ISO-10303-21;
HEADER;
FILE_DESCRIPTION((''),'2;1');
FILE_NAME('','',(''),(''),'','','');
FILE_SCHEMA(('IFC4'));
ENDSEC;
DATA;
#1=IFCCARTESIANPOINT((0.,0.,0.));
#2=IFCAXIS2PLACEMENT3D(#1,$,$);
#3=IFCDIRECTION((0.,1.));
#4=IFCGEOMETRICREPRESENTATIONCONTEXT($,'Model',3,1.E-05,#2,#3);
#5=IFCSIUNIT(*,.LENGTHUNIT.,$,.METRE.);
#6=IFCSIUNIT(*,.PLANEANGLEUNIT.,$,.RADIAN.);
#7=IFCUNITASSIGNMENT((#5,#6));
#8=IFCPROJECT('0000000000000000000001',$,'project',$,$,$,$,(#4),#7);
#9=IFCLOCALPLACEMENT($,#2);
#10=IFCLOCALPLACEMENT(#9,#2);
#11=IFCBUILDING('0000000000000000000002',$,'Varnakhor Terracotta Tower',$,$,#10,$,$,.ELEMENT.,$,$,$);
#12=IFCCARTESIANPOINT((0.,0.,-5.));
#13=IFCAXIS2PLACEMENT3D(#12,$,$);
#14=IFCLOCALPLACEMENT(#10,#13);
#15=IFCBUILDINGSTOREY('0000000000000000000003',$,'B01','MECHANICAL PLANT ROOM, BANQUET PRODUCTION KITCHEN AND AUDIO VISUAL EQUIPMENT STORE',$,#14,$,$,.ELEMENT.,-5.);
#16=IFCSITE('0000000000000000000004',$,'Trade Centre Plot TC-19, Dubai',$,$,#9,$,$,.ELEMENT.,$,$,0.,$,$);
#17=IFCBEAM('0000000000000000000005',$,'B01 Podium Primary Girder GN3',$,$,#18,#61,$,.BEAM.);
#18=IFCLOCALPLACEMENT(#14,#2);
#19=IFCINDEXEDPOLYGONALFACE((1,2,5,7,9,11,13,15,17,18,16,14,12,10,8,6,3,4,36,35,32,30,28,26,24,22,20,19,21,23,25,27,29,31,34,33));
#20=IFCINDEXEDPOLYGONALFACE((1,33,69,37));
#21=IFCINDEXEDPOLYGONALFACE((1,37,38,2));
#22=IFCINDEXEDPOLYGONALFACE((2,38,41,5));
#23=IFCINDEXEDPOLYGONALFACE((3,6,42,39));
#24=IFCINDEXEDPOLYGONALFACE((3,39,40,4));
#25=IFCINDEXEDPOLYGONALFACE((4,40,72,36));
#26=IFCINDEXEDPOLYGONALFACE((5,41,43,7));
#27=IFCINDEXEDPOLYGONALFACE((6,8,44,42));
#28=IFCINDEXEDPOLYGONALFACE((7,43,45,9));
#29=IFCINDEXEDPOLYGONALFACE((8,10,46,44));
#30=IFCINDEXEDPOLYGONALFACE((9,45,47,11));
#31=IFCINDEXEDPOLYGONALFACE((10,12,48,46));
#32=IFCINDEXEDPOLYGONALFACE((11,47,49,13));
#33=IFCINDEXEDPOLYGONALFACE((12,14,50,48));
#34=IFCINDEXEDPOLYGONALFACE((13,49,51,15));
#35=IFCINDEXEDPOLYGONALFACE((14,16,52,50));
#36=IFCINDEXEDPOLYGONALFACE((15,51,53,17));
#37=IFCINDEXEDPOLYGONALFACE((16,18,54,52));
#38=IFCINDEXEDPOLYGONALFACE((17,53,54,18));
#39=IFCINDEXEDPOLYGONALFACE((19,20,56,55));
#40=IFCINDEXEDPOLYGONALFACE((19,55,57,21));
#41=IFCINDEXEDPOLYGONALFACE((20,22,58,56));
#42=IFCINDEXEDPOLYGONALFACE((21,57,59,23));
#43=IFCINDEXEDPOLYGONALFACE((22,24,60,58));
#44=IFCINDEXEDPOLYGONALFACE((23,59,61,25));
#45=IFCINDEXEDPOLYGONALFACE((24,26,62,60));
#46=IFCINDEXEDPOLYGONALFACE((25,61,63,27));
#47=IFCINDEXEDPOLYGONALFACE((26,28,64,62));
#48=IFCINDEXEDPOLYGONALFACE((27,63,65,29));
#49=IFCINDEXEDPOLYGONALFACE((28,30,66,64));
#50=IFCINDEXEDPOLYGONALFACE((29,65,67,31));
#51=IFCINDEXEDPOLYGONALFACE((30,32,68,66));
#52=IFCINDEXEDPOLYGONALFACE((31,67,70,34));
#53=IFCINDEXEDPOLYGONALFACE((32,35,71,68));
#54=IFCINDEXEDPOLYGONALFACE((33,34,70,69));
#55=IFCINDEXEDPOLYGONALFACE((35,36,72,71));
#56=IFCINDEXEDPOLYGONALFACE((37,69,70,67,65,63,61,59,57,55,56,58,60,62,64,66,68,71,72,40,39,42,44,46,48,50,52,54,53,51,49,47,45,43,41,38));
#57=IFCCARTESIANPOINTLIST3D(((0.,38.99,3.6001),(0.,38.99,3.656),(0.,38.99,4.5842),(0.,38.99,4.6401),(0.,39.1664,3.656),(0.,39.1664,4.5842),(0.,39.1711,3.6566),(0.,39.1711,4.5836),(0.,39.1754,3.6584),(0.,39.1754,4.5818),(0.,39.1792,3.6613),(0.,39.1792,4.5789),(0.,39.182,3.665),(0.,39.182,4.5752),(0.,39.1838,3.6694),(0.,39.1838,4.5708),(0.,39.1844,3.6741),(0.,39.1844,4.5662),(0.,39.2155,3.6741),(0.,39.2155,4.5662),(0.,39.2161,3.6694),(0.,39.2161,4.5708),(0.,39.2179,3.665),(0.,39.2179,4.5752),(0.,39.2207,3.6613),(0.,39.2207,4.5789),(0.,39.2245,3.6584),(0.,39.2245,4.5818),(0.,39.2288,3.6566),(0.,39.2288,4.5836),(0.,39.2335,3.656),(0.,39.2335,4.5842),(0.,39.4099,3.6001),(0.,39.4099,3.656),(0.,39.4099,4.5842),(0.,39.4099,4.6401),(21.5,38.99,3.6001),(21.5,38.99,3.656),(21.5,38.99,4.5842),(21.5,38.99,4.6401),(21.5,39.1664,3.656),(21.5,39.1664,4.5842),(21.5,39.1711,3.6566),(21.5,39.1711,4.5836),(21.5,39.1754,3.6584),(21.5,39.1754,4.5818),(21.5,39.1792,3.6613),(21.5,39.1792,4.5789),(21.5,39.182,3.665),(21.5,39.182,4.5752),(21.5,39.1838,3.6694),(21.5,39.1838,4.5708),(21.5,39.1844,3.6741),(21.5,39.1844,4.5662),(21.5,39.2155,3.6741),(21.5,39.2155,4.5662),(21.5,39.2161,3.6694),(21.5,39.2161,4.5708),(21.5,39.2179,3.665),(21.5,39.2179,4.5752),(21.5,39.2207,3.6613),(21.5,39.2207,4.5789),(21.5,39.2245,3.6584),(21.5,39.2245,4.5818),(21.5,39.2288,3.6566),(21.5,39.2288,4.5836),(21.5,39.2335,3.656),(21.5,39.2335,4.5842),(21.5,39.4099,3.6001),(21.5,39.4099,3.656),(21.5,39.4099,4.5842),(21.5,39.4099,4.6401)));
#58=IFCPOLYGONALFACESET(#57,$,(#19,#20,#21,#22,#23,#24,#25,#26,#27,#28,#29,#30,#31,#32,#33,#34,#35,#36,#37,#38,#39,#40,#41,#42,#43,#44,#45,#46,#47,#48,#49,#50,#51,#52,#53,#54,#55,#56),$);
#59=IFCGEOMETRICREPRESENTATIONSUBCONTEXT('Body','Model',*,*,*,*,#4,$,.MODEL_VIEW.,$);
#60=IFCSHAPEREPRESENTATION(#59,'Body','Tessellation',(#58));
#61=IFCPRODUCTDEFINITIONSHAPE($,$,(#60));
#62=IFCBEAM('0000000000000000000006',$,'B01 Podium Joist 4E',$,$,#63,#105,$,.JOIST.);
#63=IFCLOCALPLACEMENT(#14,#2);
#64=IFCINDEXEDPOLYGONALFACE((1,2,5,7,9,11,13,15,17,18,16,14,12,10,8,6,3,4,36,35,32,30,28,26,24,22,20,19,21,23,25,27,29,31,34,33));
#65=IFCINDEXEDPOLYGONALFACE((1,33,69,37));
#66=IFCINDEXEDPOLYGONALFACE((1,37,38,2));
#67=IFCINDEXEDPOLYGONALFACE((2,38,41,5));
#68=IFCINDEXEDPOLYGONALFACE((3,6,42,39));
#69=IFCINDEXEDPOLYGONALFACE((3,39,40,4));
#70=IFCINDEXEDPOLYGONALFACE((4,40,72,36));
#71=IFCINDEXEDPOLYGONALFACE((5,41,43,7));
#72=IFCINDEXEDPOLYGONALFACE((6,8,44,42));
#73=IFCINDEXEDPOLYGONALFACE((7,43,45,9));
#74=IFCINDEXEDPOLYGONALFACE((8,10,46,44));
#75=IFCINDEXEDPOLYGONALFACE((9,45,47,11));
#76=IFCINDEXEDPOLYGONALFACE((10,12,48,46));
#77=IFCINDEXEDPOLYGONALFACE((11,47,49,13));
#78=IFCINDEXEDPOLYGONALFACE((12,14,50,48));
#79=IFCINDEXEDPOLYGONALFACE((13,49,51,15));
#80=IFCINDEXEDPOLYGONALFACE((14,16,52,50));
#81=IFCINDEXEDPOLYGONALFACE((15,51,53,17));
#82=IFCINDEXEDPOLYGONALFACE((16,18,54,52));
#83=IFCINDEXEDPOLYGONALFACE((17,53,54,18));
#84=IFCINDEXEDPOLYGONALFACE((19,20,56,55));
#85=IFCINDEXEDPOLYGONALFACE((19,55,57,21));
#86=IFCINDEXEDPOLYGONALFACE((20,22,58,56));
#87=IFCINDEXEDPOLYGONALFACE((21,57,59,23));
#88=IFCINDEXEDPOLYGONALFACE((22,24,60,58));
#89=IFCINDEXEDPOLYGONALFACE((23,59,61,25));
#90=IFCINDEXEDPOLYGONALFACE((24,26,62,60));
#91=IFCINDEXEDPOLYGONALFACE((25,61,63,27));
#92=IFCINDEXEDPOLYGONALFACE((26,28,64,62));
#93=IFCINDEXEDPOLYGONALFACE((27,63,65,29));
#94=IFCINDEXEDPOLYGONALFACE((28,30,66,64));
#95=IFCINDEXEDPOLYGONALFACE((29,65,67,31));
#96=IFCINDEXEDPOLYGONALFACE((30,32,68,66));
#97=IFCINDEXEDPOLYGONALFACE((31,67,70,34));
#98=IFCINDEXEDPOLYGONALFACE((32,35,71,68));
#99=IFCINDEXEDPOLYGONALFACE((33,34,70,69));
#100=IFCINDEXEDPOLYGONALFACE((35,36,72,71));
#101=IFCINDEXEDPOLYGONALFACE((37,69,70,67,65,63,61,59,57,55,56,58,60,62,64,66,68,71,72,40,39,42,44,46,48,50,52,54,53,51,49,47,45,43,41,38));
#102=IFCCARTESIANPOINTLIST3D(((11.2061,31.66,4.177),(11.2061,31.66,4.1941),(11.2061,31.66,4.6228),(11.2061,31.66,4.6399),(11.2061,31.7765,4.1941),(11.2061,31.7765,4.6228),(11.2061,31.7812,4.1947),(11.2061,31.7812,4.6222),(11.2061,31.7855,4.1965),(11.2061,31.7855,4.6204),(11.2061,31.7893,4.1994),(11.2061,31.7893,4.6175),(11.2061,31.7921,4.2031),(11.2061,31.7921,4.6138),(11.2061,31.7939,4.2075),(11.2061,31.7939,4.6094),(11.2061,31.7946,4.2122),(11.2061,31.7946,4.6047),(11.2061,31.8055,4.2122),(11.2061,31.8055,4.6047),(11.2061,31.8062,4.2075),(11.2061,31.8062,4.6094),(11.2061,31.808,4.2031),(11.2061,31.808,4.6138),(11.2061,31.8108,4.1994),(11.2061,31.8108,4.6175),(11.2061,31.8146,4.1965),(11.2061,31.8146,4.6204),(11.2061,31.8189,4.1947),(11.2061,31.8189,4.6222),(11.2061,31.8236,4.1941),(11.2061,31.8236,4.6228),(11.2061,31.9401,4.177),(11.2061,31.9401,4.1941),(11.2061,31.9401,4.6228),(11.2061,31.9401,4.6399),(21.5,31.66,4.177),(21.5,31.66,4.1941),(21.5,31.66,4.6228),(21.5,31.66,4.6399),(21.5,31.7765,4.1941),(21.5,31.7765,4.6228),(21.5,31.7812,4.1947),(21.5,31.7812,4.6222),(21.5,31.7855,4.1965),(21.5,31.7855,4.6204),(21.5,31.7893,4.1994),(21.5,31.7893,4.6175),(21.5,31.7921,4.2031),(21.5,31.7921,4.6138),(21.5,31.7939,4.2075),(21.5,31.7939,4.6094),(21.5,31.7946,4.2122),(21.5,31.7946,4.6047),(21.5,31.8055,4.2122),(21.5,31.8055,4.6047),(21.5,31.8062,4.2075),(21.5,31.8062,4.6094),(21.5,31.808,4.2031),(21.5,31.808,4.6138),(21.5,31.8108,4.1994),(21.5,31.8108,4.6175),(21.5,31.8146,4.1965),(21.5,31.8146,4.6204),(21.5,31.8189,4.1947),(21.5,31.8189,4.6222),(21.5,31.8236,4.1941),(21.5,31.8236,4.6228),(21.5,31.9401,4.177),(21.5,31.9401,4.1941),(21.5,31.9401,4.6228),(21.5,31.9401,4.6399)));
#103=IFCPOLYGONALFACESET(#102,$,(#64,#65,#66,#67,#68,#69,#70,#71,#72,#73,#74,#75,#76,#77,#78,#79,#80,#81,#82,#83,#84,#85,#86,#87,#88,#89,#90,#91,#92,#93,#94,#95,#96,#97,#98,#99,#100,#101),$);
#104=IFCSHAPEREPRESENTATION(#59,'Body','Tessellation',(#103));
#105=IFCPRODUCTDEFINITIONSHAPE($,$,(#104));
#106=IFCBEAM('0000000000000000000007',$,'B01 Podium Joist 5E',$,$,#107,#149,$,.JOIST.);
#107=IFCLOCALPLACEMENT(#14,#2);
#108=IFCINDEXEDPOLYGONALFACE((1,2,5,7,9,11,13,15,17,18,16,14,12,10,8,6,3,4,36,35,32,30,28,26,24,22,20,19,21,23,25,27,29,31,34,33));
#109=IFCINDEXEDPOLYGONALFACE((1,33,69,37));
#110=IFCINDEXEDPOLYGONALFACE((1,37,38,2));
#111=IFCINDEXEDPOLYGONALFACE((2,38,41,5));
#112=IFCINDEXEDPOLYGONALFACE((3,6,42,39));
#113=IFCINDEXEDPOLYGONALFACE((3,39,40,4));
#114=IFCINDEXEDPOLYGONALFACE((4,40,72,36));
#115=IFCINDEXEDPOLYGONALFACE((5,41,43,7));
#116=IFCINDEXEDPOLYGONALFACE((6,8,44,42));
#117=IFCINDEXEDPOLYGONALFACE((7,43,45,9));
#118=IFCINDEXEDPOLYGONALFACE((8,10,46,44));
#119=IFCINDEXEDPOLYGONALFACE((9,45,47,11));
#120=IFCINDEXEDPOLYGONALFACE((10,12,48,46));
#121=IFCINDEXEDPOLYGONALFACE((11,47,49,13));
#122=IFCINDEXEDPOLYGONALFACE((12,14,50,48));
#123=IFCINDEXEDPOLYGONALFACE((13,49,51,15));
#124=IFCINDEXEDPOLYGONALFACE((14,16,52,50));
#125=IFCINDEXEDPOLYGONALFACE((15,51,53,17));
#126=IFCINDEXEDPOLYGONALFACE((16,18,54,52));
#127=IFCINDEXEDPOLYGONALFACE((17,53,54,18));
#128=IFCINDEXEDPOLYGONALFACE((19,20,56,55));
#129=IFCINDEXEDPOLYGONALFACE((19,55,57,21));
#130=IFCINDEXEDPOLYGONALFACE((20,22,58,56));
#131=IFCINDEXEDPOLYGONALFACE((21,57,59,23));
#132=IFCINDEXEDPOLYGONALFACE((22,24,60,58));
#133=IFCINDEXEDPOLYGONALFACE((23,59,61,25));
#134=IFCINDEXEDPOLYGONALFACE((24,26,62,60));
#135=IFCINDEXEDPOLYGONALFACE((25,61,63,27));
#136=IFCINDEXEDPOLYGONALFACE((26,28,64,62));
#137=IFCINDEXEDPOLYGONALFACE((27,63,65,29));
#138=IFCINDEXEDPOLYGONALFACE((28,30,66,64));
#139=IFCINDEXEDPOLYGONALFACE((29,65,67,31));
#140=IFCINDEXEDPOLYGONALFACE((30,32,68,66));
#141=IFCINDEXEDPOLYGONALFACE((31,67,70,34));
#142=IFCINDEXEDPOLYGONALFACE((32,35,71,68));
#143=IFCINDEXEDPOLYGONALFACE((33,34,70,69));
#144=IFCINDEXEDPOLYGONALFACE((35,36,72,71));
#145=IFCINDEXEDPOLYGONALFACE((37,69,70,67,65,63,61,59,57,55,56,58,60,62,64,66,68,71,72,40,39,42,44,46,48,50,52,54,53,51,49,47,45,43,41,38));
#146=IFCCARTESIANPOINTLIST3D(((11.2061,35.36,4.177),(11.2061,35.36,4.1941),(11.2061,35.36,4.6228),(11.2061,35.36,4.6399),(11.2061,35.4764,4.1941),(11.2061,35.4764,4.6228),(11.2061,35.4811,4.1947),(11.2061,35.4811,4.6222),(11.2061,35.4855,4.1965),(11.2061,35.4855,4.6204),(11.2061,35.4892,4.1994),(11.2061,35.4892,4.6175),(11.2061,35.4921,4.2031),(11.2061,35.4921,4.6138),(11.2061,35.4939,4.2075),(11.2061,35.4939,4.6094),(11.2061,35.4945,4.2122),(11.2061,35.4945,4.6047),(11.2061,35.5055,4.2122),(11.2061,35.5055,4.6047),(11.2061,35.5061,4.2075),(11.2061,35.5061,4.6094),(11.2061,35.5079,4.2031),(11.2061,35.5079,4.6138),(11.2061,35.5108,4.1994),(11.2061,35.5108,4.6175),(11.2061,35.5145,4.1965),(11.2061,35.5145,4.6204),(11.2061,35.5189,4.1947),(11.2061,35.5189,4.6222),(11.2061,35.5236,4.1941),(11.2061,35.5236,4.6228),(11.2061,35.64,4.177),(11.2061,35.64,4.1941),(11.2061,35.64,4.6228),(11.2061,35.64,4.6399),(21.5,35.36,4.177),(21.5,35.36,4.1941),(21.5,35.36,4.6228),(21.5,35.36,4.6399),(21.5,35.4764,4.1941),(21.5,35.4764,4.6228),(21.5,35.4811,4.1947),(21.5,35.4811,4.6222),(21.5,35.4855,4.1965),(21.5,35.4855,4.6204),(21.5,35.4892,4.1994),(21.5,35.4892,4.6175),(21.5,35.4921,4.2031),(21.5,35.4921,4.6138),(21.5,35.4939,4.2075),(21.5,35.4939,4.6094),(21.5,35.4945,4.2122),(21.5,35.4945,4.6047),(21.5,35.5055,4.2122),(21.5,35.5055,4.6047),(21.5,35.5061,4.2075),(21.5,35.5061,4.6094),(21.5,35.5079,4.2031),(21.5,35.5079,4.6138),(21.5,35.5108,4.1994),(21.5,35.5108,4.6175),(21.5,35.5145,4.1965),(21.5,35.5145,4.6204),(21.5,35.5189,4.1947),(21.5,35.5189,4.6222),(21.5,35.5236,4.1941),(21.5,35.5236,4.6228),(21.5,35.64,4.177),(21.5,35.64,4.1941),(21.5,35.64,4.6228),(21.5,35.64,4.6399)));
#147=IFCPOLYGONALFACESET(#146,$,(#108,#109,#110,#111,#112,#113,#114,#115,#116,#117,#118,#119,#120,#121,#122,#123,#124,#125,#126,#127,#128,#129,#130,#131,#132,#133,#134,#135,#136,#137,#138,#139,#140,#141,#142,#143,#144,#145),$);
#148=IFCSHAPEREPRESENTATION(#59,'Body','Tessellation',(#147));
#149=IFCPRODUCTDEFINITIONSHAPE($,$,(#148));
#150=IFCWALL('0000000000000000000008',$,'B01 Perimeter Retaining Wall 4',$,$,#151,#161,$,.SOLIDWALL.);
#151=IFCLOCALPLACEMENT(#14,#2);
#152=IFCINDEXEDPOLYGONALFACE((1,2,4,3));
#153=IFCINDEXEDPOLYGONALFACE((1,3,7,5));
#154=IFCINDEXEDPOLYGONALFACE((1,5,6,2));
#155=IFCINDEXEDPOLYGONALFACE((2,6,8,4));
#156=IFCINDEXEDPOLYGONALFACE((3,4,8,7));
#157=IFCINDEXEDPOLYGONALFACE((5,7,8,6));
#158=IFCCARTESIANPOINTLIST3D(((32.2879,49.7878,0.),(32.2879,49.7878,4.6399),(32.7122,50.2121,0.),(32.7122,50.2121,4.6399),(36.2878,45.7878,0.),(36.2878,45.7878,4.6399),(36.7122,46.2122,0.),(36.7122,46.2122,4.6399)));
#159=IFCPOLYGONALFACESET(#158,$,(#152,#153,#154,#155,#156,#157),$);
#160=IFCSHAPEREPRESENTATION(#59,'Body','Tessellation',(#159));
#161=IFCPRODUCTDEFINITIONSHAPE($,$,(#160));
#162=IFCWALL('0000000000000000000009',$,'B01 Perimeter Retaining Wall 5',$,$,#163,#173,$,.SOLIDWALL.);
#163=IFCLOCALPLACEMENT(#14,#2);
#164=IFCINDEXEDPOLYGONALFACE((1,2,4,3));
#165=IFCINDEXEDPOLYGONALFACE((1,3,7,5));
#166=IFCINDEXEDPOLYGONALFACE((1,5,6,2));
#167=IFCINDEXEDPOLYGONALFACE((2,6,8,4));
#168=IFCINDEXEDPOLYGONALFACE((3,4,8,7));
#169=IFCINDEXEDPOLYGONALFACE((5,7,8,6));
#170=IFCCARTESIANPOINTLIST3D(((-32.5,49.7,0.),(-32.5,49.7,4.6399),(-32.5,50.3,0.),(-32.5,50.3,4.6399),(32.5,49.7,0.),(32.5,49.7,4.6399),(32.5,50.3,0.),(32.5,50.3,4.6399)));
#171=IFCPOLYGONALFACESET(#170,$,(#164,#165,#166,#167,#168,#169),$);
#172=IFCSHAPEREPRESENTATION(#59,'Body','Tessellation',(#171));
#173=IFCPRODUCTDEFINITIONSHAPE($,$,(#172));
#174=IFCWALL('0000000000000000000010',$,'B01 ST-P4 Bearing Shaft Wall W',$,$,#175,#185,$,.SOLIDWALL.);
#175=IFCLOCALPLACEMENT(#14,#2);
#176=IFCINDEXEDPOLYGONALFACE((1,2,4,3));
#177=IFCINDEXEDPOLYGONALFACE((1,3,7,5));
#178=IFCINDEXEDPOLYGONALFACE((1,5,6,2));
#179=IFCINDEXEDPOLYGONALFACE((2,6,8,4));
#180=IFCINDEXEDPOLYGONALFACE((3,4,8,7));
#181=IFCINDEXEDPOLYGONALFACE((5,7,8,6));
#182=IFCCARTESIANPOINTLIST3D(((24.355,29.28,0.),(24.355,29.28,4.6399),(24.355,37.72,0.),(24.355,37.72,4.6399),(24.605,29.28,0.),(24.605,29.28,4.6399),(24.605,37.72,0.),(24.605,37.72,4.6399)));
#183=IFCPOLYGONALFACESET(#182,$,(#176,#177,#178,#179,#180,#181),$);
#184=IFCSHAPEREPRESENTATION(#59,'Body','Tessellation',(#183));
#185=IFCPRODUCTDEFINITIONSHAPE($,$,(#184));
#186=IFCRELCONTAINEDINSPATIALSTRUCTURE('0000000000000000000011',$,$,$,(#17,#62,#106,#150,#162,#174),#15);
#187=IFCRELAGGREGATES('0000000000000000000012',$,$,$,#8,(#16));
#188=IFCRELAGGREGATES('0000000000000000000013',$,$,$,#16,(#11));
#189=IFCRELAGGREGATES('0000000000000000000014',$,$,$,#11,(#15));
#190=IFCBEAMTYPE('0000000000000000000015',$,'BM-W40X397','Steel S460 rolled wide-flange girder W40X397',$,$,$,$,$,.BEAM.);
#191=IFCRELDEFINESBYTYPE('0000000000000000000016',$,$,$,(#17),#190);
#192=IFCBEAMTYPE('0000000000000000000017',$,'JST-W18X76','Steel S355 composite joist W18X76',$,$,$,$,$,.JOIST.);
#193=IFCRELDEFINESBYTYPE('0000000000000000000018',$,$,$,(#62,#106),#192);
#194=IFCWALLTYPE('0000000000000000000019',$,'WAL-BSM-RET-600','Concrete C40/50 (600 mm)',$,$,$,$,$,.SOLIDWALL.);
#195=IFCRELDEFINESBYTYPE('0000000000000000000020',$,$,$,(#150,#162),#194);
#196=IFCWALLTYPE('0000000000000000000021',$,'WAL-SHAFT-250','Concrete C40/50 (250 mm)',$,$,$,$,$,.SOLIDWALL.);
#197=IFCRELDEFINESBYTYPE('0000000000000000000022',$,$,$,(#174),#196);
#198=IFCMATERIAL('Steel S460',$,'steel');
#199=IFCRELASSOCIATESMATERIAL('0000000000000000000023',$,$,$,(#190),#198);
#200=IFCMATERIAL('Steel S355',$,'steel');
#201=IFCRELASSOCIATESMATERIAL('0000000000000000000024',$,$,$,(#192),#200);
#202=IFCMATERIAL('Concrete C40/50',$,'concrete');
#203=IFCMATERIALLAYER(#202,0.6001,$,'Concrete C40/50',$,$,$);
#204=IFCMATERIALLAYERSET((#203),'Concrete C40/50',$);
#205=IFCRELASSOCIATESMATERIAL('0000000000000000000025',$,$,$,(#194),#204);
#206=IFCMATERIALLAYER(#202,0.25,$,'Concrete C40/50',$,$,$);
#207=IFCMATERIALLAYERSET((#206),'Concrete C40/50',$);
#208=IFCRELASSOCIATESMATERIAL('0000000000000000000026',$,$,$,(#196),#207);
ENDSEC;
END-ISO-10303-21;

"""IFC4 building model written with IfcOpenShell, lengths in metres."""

from ifc_helpers import new_model, si_unit, direction, frame, frame_2d, origin, origin_2d, place, context, subcontext, project, spatial, rectangle, i_section, extrude, source, transform, mapped, material, layer, layer_set, material_profile, profile_set, type_object, type_shapes, element, save


model = new_model("IFC4")

# Units and contexts
model_context = context("Model", 3, precision=1e-05, world=origin(), true_north=direction((0.0, 1.0)))
body_context = subcontext(model_context, "Body", "Model", "MODEL_VIEW")
ifc_project = project(units=[si_unit("LENGTHUNIT", "METRE"), si_unit("PLANEANGLEUNIT", "RADIAN")], contexts=[model_context])

# Site, building, storey
site_placement = place(None, origin())
site = spatial("IfcSite", under=ifc_project, at=site_placement, Name="Trade Centre Plot TC-19, Dubai", CompositionType="ELEMENT", RefElevation=0.0)
building_placement = place(site_placement, origin())
building = spatial("IfcBuilding", under=site, at=building_placement, Name="Varnakhor Terracotta Tower", CompositionType="ELEMENT")
storey_placement = place(building_placement, frame((0.0, 0.0, -5.0)))
storey = spatial("IfcBuildingStorey", under=building, at=storey_placement, Name="B01", Description="MECHANICAL PLANT ROOM, BANQUET PRODUCTION KITCHEN AND AUDIO VISUAL EQUIPMENT STORE", CompositionType="ELEMENT", Elevation=-5.0)

# Shared definitions
ifc_material_1 = material(Name="Steel S460", Category="steel")

# Beams
ifc_material_2 = material(Name="Steel S355", Category="steel")
ifc_material_profile_1 = material_profile(ifc_material_1, i_section(OverallWidth=0.4199, OverallDepth=1.04, WebThickness=0.031, FlangeThickness=0.0559, FilletRadius=0.0181, at=origin_2d()), Name="W40X397")
ifc_profile_set_1 = profile_set([ifc_material_profile_1], Name="Steel S460")
beam_type_1 = type_object("IfcBeamType", Name="BM-W40X397", Description="Steel S460 rolled wide-flange girder W40X397", PredefinedType="BEAM", material=ifc_profile_set_1)
shared_shape_1 = source(origin(), body_context, "Body", "SweptSolid", [
    extrude(i_section(OverallWidth=0.4199, OverallDepth=1.04, WebThickness=0.031, FlangeThickness=0.0559, FilletRadius=0.0181, at=origin_2d()), origin(), (0.0, 0.0, 1.0), 21.5),
])
beam_1_placement = place(storey_placement, frame((0.0, 39.2, 4.1201), z_axis=(1.0, 0.0, 0.0), x_axis=(0.0, 1.0, 0.0)))
element("IfcBeam", 1, at=beam_1_placement, inside=storey, type_object=beam_type_1, Name="B01 Podium Primary Girder GN3", PredefinedType="BEAM", context=body_context, shape_type="MappedRepresentation", body=[
    mapped(shared_shape_1, transform((0.0, 0.0, 0.0), scale=1.0)),
])
ifc_material_profile_2 = material_profile(ifc_material_2, i_section(OverallWidth=0.28, OverallDepth=0.4629, WebThickness=0.011, FlangeThickness=0.0171, FilletRadius=0.0181, at=origin_2d()), Name="W18X76")
ifc_profile_set_2 = profile_set([ifc_material_profile_2], Name="Steel S355")
beam_type_2 = type_object("IfcBeamType", Name="JST-W18X76", Description="Steel S355 composite joist W18X76", PredefinedType="JOIST", material=ifc_profile_set_2)
shared_shape_2 = source(origin(), body_context, "Body", "SweptSolid", [
    extrude(i_section(OverallWidth=0.28, OverallDepth=0.4629, WebThickness=0.011, FlangeThickness=0.0171, FilletRadius=0.0181, at=origin_2d()), origin(), (0.0, 0.0, 1.0), 10.2939),
])
type_shapes(beam_type_2, [shared_shape_2])
for number, where, z_axis, x_axis, name in (
    (2, (11.2061, 31.8, 4.4084), (1.0, 0.0, 0.0), (0.0, 1.0, 0.0), "B01 Podium Joist 4E"),
    (3, (11.2061, 35.5, 4.4084), (1.0, 0.0, 0.0), (0.0, 1.0, 0.0), "B01 Podium Joist 5E"),
):
    element("IfcBeam", number, at=place(storey_placement, frame(where, z_axis=z_axis, x_axis=x_axis)), inside=storey, type_object=beam_type_2, Name=name, PredefinedType="JOIST", context=body_context, shape_type="MappedRepresentation", body=[
        mapped(shared_shape_2, transform((0.0, 0.0, 0.0), scale=1.0)),
    ])

# Walls
ifc_material_3 = material(Name="Concrete C40/50", Category="concrete")
ifc_layer_1 = layer(ifc_material_3, 0.6001, Name="Concrete C40/50")
ifc_layer_set_1 = layer_set([ifc_layer_1], Name="Concrete C40/50")
wall_type_1 = type_object("IfcWallType", Name="WAL-BSM-RET-600", Description="Concrete C40/50 (600 mm)", PredefinedType="SOLIDWALL", material=ifc_layer_set_1)
wall_1_placement = place(storey_placement, frame((36.5, 46.0, 0.0), z_axis=(0.0, 0.0, 1.0), x_axis=(-0.707107, 0.707107, 0.0)))
element("IfcWall", 4, at=wall_1_placement, inside=storey, type_object=wall_type_1, Name="B01 Perimeter Retaining Wall 4", PredefinedType="SOLIDWALL", context=body_context, shape_type="SweptSolid", body=[
    extrude(rectangle(XDim=5.6567, YDim=0.6001, at=frame_2d((2.8284, 0.0))), origin(), (0.0, 0.0, 1.0), 4.6399),
])
wall_2_placement = place(storey_placement, frame((32.5, 50.0, 0.0), z_axis=(0.0, 0.0, 1.0), x_axis=(-1.0, 0.0, 0.0)))
element("IfcWall", 5, at=wall_2_placement, inside=storey, type_object=wall_type_1, Name="B01 Perimeter Retaining Wall 5", PredefinedType="SOLIDWALL", context=body_context, shape_type="SweptSolid", body=[
    extrude(rectangle(XDim=65.0, YDim=0.6001, at=frame_2d((32.5, 0.0))), origin(), (0.0, 0.0, 1.0), 4.6399),
])
ifc_layer_2 = layer(ifc_material_3, 0.25, Name="Concrete C40/50")
ifc_layer_set_2 = layer_set([ifc_layer_2], Name="Concrete C40/50")
wall_type_2 = type_object("IfcWallType", Name="WAL-SHAFT-250", Description="Concrete C40/50 (250 mm)", PredefinedType="SOLIDWALL", material=ifc_layer_set_2)
for number, where, z_axis, x_axis, name in (
    (6, (24.48, 29.28, 0.0), (0.0, 0.0, 1.0), (0.0, 1.0, 0.0), "B01 ST-P4 Bearing Shaft Wall W"),
):
    element("IfcWall", number, at=place(storey_placement, frame(where, z_axis=z_axis, x_axis=x_axis)), inside=storey, type_object=wall_type_2, Name=name, PredefinedType="SOLIDWALL", context=body_context, shape_type="SweptSolid", body=[
        extrude(rectangle(XDim=8.4399, YDim=0.25, at=frame_2d((4.22, 0.0))), origin(), (0.0, 0.0, 1.0), 4.6399),
    ])

save(model, "model.ifc")
